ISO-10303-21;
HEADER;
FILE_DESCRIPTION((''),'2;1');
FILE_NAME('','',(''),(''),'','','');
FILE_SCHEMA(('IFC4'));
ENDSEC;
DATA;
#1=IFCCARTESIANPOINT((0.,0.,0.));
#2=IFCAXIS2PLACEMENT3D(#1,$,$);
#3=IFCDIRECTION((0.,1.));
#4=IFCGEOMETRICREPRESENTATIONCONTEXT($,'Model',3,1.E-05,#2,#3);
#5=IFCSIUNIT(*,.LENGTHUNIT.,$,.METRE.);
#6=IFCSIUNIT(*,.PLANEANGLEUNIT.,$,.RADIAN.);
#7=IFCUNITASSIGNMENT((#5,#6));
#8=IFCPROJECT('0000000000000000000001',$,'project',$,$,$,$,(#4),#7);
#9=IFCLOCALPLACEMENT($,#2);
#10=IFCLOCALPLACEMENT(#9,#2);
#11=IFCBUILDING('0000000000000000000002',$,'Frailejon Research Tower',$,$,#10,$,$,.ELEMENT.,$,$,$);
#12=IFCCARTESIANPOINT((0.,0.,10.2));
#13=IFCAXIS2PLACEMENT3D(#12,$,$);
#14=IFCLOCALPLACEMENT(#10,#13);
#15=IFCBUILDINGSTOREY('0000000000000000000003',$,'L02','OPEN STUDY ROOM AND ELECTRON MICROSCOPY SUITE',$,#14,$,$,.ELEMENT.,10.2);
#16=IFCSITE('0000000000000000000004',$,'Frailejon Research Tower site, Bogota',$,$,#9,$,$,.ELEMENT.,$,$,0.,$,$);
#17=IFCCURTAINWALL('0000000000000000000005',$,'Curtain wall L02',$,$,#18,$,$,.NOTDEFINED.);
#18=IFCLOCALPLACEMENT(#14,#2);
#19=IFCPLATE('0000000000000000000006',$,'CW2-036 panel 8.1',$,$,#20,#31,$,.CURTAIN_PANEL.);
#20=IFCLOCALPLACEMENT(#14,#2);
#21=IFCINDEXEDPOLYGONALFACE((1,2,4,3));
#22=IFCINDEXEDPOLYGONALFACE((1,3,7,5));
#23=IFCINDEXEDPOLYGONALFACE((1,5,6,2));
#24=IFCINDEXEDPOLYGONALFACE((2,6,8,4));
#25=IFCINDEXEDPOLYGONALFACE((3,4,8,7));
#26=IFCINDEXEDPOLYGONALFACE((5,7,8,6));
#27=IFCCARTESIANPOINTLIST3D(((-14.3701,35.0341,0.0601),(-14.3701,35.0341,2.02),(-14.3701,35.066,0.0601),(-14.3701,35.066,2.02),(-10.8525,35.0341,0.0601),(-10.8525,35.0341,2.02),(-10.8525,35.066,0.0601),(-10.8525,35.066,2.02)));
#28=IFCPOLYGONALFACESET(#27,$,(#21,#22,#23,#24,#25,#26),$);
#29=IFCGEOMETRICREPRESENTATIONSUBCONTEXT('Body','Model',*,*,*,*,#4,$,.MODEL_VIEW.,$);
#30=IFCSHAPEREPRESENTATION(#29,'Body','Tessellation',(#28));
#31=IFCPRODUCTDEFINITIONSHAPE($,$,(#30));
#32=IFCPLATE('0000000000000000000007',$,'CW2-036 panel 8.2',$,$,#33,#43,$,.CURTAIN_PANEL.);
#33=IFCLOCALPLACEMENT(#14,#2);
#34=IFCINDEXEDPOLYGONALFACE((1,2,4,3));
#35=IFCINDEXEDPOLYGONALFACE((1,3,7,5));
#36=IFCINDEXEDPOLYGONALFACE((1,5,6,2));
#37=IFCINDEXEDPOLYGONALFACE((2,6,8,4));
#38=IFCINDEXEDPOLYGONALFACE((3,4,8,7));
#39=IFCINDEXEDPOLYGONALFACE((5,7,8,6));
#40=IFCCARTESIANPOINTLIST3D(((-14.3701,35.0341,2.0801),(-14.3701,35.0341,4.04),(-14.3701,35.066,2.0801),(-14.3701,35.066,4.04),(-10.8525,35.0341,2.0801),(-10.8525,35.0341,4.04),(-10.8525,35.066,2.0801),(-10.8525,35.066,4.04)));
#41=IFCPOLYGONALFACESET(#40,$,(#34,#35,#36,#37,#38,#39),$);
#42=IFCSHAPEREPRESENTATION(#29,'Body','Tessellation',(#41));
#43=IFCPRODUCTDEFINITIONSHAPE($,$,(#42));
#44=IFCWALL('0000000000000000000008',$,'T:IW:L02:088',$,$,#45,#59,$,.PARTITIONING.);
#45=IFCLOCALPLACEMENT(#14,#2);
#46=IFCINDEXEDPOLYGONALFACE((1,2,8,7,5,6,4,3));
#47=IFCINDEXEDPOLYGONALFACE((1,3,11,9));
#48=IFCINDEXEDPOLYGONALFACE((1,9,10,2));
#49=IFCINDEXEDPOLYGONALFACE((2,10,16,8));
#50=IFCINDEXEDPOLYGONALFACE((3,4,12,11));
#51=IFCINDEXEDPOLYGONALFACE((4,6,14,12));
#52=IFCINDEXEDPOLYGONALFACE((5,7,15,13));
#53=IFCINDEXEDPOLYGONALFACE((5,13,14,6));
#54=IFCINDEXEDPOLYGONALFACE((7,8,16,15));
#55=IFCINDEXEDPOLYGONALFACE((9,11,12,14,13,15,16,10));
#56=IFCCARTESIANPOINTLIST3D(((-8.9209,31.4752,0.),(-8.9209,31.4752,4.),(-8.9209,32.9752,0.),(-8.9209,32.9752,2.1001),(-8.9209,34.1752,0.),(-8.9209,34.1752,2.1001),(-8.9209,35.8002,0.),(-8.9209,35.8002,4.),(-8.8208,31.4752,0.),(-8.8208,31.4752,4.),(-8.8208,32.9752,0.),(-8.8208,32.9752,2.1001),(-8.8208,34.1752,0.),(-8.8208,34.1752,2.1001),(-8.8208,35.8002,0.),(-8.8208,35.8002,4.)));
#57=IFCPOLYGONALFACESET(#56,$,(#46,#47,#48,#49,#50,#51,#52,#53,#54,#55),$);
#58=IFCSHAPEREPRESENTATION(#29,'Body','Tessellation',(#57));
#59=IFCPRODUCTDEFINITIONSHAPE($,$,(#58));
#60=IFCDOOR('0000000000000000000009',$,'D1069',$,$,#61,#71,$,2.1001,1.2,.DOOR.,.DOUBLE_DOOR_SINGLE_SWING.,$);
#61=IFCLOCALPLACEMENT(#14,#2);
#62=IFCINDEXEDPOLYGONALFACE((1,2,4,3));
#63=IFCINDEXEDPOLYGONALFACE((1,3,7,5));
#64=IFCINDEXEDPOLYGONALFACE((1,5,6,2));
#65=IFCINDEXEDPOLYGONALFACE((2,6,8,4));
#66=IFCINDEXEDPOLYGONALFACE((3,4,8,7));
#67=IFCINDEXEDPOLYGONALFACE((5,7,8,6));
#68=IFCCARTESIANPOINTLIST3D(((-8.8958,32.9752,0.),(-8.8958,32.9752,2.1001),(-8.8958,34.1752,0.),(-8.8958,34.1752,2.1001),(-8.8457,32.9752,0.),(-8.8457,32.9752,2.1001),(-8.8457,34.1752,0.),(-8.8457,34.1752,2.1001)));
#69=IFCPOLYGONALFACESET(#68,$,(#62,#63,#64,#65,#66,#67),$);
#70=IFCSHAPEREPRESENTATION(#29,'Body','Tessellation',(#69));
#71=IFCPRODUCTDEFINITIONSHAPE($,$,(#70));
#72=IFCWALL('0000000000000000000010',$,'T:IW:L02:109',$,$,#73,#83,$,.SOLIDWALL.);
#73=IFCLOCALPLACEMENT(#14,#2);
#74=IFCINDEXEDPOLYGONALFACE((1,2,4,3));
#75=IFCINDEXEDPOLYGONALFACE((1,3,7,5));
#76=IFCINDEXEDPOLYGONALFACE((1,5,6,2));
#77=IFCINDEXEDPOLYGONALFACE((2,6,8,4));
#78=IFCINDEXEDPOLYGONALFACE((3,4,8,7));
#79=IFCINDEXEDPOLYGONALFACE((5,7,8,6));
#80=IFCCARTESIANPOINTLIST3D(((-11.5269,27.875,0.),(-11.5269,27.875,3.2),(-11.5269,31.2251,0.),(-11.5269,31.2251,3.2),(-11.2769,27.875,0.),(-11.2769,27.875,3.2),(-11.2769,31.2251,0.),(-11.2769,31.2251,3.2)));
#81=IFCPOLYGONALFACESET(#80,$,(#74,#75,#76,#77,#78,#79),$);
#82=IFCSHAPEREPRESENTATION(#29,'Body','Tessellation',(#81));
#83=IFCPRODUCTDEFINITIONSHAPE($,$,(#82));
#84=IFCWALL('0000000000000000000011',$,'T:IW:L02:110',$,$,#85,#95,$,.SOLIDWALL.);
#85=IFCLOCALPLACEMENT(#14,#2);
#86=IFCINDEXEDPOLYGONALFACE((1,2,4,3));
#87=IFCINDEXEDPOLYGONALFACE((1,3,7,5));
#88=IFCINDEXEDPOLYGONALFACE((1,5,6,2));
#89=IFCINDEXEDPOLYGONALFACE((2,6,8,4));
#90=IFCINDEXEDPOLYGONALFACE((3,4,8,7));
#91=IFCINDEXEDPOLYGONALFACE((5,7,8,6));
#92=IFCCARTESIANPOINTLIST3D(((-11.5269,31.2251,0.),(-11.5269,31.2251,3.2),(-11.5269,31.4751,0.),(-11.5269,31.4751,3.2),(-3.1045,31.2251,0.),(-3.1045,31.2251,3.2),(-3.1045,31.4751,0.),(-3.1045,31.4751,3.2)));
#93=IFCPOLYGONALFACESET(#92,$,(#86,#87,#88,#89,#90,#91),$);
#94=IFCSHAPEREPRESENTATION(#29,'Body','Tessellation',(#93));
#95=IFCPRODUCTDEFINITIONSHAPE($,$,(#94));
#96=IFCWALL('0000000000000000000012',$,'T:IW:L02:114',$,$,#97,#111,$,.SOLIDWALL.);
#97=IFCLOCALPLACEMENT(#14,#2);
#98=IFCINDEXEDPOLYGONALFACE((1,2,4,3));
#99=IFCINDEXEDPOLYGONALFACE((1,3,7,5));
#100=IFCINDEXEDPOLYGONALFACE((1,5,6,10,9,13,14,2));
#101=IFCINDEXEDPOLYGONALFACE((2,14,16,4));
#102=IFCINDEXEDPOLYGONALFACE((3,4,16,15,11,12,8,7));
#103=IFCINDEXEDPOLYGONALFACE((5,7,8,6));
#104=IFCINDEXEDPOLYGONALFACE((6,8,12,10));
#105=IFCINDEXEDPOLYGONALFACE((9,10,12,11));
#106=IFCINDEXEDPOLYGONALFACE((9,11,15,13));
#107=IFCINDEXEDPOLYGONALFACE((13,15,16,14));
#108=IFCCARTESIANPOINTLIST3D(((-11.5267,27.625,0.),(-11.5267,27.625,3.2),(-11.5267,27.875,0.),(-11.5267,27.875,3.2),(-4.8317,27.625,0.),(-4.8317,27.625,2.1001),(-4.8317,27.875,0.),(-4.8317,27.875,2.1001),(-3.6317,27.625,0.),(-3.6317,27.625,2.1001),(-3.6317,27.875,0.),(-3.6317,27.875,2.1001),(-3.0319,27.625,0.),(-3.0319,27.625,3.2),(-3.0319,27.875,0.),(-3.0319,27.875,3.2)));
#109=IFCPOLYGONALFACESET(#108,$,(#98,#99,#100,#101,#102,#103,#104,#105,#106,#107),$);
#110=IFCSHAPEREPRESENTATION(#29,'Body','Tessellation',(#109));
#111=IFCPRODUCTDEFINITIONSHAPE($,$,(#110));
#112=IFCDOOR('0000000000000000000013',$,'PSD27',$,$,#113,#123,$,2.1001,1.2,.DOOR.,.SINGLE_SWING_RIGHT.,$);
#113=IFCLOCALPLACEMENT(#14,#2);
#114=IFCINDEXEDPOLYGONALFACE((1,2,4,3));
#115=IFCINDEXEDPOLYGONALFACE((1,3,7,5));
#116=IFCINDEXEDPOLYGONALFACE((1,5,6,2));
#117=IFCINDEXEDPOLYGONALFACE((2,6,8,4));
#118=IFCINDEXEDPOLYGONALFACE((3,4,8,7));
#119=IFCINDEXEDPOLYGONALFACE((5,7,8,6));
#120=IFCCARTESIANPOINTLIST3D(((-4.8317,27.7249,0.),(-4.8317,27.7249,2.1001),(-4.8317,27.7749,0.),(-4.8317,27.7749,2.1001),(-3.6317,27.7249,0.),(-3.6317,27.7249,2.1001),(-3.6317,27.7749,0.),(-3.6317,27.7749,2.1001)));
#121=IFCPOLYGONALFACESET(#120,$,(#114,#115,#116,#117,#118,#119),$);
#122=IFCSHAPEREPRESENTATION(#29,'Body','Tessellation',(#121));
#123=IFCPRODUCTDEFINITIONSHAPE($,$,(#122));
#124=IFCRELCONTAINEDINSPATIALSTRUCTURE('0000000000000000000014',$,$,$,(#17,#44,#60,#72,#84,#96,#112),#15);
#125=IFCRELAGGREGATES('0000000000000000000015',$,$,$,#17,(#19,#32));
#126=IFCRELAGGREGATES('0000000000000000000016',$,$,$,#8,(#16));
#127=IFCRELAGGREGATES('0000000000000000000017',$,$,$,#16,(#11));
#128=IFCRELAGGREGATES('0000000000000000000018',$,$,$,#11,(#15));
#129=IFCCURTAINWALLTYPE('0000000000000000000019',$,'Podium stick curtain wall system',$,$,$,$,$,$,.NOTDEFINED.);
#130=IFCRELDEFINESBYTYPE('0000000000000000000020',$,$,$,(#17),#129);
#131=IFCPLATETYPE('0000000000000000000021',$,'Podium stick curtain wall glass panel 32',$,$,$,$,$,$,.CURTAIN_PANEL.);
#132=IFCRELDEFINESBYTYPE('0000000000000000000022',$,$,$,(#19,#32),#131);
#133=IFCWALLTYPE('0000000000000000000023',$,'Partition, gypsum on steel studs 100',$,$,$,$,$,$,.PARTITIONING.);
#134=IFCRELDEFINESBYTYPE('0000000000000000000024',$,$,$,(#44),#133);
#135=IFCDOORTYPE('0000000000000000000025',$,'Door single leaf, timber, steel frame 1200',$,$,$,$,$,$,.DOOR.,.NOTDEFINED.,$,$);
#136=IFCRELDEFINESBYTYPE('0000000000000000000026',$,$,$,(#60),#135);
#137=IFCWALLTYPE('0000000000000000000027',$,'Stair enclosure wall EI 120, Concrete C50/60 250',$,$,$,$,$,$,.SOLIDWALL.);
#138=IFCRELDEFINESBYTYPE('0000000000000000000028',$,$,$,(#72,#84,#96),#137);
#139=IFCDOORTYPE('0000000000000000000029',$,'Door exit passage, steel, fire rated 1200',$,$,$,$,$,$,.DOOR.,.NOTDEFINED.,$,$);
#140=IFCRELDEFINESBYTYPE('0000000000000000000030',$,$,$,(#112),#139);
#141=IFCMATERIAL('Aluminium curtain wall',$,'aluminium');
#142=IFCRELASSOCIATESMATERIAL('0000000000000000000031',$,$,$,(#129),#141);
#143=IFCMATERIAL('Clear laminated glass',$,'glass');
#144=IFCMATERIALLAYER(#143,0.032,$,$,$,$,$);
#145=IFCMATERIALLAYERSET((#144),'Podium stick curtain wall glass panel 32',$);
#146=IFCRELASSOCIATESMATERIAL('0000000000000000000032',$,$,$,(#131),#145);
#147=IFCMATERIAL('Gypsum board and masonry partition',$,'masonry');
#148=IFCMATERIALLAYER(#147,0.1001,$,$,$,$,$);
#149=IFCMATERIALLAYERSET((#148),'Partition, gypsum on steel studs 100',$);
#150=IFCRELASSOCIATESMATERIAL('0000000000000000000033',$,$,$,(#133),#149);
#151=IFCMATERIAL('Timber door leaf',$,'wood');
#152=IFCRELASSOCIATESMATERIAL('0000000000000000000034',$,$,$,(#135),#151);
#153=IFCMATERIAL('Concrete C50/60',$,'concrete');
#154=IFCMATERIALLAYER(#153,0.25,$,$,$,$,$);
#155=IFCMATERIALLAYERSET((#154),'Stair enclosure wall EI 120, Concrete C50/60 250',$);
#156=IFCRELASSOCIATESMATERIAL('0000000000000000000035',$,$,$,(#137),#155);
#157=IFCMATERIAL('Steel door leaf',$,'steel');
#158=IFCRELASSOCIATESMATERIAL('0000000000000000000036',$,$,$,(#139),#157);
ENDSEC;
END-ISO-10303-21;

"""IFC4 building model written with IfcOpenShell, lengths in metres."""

from ifc_helpers import new_model, si_unit, direction, frame, frame_2d, origin, origin_2d, place, context, subcontext, project, spatial, rectangle, extrude, material, layer, layer_set, type_object, element, fill, aggregate, save


model = new_model("IFC4")

# Units and contexts
model_context = context("Model", 3, precision=1e-05, world=origin(), true_north=direction((0.0, 1.0)))
body_context = subcontext(model_context, "Body", "Model", "MODEL_VIEW")
ifc_project = project(units=[si_unit("LENGTHUNIT", "METRE"), si_unit("PLANEANGLEUNIT", "RADIAN")], contexts=[model_context])

# Site, building, storey
site_placement = place(None, origin())
site = spatial("IfcSite", under=ifc_project, at=site_placement, Name="Frailejon Research Tower site, Bogota", CompositionType="ELEMENT", RefElevation=0.0)
building_placement = place(site_placement, origin())
building = spatial("IfcBuilding", under=site, at=building_placement, Name="Frailejon Research Tower", CompositionType="ELEMENT")
storey_placement = place(building_placement, frame((0.0, 0.0, 10.2)))
storey = spatial("IfcBuildingStorey", under=building, at=storey_placement, Name="L02", Description="OPEN STUDY ROOM AND ELECTRON MICROSCOPY SUITE", CompositionType="ELEMENT", Elevation=10.2)

# Curtain wall, plates
ifc_material_1 = material(Name="Aluminium curtain wall", Category="aluminium")
curtain_wall_type = type_object("IfcCurtainWallType", Name="Podium stick curtain wall system", PredefinedType="NOTDEFINED", material=ifc_material_1)
curtain_wall_placement = place(storey_placement, origin())
curtain_wall = element("IfcCurtainWall", 1, at=curtain_wall_placement, inside=storey, type_object=curtain_wall_type, Name="Curtain wall L02", PredefinedType="NOTDEFINED")
ifc_material_2 = material(Name="Clear laminated glass", Category="glass")
ifc_layer_1 = layer(ifc_material_2, 0.032)
ifc_layer_set_1 = layer_set([ifc_layer_1], Name="Podium stick curtain wall glass panel 32")
plate_type = type_object("IfcPlateType", Name="Podium stick curtain wall glass panel 32", PredefinedType="CURTAIN_PANEL", material=ifc_layer_set_1)
plate_1_placement = place(storey_placement, frame((-12.6113, 35.05, 0.0601), z_axis=(0.0, 0.0, 1.0), x_axis=(-1.0, 0.0, 0.0)))
plate_1 = element("IfcPlate", 2, at=plate_1_placement, type_object=plate_type, Name="CW2-036 panel 8.1", PredefinedType="CURTAIN_PANEL", context=body_context, shape_type="SweptSolid", body=[
    extrude(rectangle(XDim=3.5176, YDim=0.032, at=origin_2d()), origin(), (0.0, 0.0, 1.0), 1.96),
])
plate_2_placement = place(storey_placement, frame((-12.6113, 35.05, 2.0801), z_axis=(0.0, 0.0, 1.0), x_axis=(-1.0, 0.0, 0.0)))
plate_2 = element("IfcPlate", 3, at=plate_2_placement, type_object=plate_type, Name="CW2-036 panel 8.2", PredefinedType="CURTAIN_PANEL", context=body_context, shape_type="SweptSolid", body=[
    extrude(rectangle(XDim=3.5176, YDim=0.032, at=origin_2d()), origin(), (0.0, 0.0, 1.0), 1.96),
])
aggregate(curtain_wall, [plate_1, plate_2])

# Wall, opening, door
ifc_material_3 = material(Name="Gypsum board and masonry partition", Category="masonry")
ifc_layer_2 = layer(ifc_material_3, 0.1001)
ifc_layer_set_2 = layer_set([ifc_layer_2], Name="Partition, gypsum on steel studs 100")
wall_type_1 = type_object("IfcWallType", Name="Partition, gypsum on steel studs 100", PredefinedType="PARTITIONING", material=ifc_layer_set_2)
wall_1_placement = place(storey_placement, frame((-8.8708, 31.4751, 0.0), z_axis=(0.0, 0.0, 1.0), x_axis=(0.0, 1.0, 0.0)))
wall_1 = element("IfcWall", 4, at=wall_1_placement, inside=storey, type_object=wall_type_1, Name="T:IW:L02:088", PredefinedType="PARTITIONING", context=body_context, shape_type="SweptSolid", body=[
    extrude(rectangle(XDim=4.325, YDim=0.1001, at=frame_2d((2.1626, 0.0))), origin(), (0.0, 0.0, 1.0), 4.0),
])
opening_1_placement = place(wall_1_placement, frame((1.5, 0.0, 0.0)))
opening_1 = element("IfcOpeningElement", 5, at=opening_1_placement, cuts=wall_1, PredefinedType="OPENING", context=body_context, shape_type="SweptSolid", body=[
    extrude(rectangle(XDim=1.2, YDim=2.1001, at=frame_2d((0.6001, 1.05))), frame((0.0, 0.0601, 0.0), z_axis=(0.0, -1.0, 0.0), x_axis=(1.0, 0.0, 0.0)), (0.0, 0.0, 1.0), 0.1201),
])
ifc_material_4 = material(Name="Timber door leaf", Category="wood")
door_type_1 = type_object("IfcDoorType", Name="Door single leaf, timber, steel frame 1200", OperationType="NOTDEFINED", PredefinedType="DOOR", material=ifc_material_4)
door_1_placement = place(opening_1_placement, origin())
door_1 = element("IfcDoor", 6, at=door_1_placement, inside=storey, type_object=door_type_1, Name="D1069", OperationType="DOUBLE_DOOR_SINGLE_SWING", OverallHeight=2.1001, OverallWidth=1.2, PredefinedType="DOOR", context=body_context, shape_type="SweptSolid", body=[
    extrude(rectangle(XDim=1.2, YDim=2.1001, at=frame_2d((0.6001, 1.05))), frame((0.0, 0.0249, 0.0), z_axis=(0.0, -1.0, 0.0), x_axis=(1.0, 0.0, 0.0)), (0.0, 0.0, 1.0), 0.05),
])
fill(opening_1, door_1)

# Walls
ifc_material_5 = material(Name="Concrete C50/60", Category="concrete")
ifc_layer_3 = layer(ifc_material_5, 0.25)
ifc_layer_set_3 = layer_set([ifc_layer_3], Name="Stair enclosure wall EI 120, Concrete C50/60 250")
wall_type_2 = type_object("IfcWallType", Name="Stair enclosure wall EI 120, Concrete C50/60 250", PredefinedType="SOLIDWALL", material=ifc_layer_set_3)
wall_2_placement = place(storey_placement, frame((-11.4019, 27.875, 0.0), z_axis=(0.0, 0.0, 1.0), x_axis=(0.0, 1.0, 0.0)))
element("IfcWall", 7, at=wall_2_placement, inside=storey, type_object=wall_type_2, Name="T:IW:L02:109", PredefinedType="SOLIDWALL", context=body_context, shape_type="SweptSolid", body=[
    extrude(rectangle(XDim=3.3501, YDim=0.25, at=frame_2d((1.675, 0.0))), origin(), (0.0, 0.0, 1.0), 3.2),
])
wall_3_placement = place(storey_placement, frame((-11.5269, 31.3501, 0.0), z_axis=(0.0, 0.0, 1.0), x_axis=(1.0, 0.0, 0.0)))
element("IfcWall", 8, at=wall_3_placement, inside=storey, type_object=wall_type_2, Name="T:IW:L02:110", PredefinedType="SOLIDWALL", context=body_context, shape_type="SweptSolid", body=[
    extrude(rectangle(XDim=8.4224, YDim=0.25, at=frame_2d((4.2112, 0.0))), origin(), (0.0, 0.0, 1.0), 3.2),
])

# Wall, opening, door
wall_4_placement = place(storey_placement, frame((-11.5269, 27.75, 0.0), z_axis=(0.0, 0.0, 1.0), x_axis=(1.0, 0.0, 0.0)))
wall_4 = element("IfcWall", 9, at=wall_4_placement, inside=storey, type_object=wall_type_2, Name="T:IW:L02:114", PredefinedType="SOLIDWALL", context=body_context, shape_type="SweptSolid", body=[
    extrude(rectangle(XDim=8.4949, YDim=0.25, at=frame_2d((4.2476, 0.0))), origin(), (0.0, 0.0, 1.0), 3.2),
])
opening_2_placement = place(wall_4_placement, frame((6.6951, 0.0, 0.0)))
opening_2 = element("IfcOpeningElement", 10, at=opening_2_placement, cuts=wall_4, PredefinedType="OPENING", context=body_context, shape_type="SweptSolid", body=[
    extrude(rectangle(XDim=1.2, YDim=2.1001, at=frame_2d((0.6001, 1.05))), frame((0.0, 0.135, 0.0), z_axis=(0.0, -1.0, 0.0), x_axis=(1.0, 0.0, 0.0)), (0.0, 0.0, 1.0), 0.27),
])
ifc_material_6 = material(Name="Steel door leaf", Category="steel")
door_type_2 = type_object("IfcDoorType", Name="Door exit passage, steel, fire rated 1200", OperationType="NOTDEFINED", PredefinedType="DOOR", material=ifc_material_6)
door_2_placement = place(opening_2_placement, origin())
door_2 = element("IfcDoor", 11, at=door_2_placement, inside=storey, type_object=door_type_2, Name="PSD27", OperationType="SINGLE_SWING_RIGHT", OverallHeight=2.1001, OverallWidth=1.2, PredefinedType="DOOR", context=body_context, shape_type="SweptSolid", body=[
    extrude(rectangle(XDim=1.2, YDim=2.1001, at=frame_2d((0.6001, 1.05))), frame((0.0, 0.0249, 0.0), z_axis=(0.0, -1.0, 0.0), x_axis=(1.0, 0.0, 0.0)), (0.0, 0.0, 1.0), 0.05),
])
fill(opening_2, door_2)

save(model, "model.ifc")
